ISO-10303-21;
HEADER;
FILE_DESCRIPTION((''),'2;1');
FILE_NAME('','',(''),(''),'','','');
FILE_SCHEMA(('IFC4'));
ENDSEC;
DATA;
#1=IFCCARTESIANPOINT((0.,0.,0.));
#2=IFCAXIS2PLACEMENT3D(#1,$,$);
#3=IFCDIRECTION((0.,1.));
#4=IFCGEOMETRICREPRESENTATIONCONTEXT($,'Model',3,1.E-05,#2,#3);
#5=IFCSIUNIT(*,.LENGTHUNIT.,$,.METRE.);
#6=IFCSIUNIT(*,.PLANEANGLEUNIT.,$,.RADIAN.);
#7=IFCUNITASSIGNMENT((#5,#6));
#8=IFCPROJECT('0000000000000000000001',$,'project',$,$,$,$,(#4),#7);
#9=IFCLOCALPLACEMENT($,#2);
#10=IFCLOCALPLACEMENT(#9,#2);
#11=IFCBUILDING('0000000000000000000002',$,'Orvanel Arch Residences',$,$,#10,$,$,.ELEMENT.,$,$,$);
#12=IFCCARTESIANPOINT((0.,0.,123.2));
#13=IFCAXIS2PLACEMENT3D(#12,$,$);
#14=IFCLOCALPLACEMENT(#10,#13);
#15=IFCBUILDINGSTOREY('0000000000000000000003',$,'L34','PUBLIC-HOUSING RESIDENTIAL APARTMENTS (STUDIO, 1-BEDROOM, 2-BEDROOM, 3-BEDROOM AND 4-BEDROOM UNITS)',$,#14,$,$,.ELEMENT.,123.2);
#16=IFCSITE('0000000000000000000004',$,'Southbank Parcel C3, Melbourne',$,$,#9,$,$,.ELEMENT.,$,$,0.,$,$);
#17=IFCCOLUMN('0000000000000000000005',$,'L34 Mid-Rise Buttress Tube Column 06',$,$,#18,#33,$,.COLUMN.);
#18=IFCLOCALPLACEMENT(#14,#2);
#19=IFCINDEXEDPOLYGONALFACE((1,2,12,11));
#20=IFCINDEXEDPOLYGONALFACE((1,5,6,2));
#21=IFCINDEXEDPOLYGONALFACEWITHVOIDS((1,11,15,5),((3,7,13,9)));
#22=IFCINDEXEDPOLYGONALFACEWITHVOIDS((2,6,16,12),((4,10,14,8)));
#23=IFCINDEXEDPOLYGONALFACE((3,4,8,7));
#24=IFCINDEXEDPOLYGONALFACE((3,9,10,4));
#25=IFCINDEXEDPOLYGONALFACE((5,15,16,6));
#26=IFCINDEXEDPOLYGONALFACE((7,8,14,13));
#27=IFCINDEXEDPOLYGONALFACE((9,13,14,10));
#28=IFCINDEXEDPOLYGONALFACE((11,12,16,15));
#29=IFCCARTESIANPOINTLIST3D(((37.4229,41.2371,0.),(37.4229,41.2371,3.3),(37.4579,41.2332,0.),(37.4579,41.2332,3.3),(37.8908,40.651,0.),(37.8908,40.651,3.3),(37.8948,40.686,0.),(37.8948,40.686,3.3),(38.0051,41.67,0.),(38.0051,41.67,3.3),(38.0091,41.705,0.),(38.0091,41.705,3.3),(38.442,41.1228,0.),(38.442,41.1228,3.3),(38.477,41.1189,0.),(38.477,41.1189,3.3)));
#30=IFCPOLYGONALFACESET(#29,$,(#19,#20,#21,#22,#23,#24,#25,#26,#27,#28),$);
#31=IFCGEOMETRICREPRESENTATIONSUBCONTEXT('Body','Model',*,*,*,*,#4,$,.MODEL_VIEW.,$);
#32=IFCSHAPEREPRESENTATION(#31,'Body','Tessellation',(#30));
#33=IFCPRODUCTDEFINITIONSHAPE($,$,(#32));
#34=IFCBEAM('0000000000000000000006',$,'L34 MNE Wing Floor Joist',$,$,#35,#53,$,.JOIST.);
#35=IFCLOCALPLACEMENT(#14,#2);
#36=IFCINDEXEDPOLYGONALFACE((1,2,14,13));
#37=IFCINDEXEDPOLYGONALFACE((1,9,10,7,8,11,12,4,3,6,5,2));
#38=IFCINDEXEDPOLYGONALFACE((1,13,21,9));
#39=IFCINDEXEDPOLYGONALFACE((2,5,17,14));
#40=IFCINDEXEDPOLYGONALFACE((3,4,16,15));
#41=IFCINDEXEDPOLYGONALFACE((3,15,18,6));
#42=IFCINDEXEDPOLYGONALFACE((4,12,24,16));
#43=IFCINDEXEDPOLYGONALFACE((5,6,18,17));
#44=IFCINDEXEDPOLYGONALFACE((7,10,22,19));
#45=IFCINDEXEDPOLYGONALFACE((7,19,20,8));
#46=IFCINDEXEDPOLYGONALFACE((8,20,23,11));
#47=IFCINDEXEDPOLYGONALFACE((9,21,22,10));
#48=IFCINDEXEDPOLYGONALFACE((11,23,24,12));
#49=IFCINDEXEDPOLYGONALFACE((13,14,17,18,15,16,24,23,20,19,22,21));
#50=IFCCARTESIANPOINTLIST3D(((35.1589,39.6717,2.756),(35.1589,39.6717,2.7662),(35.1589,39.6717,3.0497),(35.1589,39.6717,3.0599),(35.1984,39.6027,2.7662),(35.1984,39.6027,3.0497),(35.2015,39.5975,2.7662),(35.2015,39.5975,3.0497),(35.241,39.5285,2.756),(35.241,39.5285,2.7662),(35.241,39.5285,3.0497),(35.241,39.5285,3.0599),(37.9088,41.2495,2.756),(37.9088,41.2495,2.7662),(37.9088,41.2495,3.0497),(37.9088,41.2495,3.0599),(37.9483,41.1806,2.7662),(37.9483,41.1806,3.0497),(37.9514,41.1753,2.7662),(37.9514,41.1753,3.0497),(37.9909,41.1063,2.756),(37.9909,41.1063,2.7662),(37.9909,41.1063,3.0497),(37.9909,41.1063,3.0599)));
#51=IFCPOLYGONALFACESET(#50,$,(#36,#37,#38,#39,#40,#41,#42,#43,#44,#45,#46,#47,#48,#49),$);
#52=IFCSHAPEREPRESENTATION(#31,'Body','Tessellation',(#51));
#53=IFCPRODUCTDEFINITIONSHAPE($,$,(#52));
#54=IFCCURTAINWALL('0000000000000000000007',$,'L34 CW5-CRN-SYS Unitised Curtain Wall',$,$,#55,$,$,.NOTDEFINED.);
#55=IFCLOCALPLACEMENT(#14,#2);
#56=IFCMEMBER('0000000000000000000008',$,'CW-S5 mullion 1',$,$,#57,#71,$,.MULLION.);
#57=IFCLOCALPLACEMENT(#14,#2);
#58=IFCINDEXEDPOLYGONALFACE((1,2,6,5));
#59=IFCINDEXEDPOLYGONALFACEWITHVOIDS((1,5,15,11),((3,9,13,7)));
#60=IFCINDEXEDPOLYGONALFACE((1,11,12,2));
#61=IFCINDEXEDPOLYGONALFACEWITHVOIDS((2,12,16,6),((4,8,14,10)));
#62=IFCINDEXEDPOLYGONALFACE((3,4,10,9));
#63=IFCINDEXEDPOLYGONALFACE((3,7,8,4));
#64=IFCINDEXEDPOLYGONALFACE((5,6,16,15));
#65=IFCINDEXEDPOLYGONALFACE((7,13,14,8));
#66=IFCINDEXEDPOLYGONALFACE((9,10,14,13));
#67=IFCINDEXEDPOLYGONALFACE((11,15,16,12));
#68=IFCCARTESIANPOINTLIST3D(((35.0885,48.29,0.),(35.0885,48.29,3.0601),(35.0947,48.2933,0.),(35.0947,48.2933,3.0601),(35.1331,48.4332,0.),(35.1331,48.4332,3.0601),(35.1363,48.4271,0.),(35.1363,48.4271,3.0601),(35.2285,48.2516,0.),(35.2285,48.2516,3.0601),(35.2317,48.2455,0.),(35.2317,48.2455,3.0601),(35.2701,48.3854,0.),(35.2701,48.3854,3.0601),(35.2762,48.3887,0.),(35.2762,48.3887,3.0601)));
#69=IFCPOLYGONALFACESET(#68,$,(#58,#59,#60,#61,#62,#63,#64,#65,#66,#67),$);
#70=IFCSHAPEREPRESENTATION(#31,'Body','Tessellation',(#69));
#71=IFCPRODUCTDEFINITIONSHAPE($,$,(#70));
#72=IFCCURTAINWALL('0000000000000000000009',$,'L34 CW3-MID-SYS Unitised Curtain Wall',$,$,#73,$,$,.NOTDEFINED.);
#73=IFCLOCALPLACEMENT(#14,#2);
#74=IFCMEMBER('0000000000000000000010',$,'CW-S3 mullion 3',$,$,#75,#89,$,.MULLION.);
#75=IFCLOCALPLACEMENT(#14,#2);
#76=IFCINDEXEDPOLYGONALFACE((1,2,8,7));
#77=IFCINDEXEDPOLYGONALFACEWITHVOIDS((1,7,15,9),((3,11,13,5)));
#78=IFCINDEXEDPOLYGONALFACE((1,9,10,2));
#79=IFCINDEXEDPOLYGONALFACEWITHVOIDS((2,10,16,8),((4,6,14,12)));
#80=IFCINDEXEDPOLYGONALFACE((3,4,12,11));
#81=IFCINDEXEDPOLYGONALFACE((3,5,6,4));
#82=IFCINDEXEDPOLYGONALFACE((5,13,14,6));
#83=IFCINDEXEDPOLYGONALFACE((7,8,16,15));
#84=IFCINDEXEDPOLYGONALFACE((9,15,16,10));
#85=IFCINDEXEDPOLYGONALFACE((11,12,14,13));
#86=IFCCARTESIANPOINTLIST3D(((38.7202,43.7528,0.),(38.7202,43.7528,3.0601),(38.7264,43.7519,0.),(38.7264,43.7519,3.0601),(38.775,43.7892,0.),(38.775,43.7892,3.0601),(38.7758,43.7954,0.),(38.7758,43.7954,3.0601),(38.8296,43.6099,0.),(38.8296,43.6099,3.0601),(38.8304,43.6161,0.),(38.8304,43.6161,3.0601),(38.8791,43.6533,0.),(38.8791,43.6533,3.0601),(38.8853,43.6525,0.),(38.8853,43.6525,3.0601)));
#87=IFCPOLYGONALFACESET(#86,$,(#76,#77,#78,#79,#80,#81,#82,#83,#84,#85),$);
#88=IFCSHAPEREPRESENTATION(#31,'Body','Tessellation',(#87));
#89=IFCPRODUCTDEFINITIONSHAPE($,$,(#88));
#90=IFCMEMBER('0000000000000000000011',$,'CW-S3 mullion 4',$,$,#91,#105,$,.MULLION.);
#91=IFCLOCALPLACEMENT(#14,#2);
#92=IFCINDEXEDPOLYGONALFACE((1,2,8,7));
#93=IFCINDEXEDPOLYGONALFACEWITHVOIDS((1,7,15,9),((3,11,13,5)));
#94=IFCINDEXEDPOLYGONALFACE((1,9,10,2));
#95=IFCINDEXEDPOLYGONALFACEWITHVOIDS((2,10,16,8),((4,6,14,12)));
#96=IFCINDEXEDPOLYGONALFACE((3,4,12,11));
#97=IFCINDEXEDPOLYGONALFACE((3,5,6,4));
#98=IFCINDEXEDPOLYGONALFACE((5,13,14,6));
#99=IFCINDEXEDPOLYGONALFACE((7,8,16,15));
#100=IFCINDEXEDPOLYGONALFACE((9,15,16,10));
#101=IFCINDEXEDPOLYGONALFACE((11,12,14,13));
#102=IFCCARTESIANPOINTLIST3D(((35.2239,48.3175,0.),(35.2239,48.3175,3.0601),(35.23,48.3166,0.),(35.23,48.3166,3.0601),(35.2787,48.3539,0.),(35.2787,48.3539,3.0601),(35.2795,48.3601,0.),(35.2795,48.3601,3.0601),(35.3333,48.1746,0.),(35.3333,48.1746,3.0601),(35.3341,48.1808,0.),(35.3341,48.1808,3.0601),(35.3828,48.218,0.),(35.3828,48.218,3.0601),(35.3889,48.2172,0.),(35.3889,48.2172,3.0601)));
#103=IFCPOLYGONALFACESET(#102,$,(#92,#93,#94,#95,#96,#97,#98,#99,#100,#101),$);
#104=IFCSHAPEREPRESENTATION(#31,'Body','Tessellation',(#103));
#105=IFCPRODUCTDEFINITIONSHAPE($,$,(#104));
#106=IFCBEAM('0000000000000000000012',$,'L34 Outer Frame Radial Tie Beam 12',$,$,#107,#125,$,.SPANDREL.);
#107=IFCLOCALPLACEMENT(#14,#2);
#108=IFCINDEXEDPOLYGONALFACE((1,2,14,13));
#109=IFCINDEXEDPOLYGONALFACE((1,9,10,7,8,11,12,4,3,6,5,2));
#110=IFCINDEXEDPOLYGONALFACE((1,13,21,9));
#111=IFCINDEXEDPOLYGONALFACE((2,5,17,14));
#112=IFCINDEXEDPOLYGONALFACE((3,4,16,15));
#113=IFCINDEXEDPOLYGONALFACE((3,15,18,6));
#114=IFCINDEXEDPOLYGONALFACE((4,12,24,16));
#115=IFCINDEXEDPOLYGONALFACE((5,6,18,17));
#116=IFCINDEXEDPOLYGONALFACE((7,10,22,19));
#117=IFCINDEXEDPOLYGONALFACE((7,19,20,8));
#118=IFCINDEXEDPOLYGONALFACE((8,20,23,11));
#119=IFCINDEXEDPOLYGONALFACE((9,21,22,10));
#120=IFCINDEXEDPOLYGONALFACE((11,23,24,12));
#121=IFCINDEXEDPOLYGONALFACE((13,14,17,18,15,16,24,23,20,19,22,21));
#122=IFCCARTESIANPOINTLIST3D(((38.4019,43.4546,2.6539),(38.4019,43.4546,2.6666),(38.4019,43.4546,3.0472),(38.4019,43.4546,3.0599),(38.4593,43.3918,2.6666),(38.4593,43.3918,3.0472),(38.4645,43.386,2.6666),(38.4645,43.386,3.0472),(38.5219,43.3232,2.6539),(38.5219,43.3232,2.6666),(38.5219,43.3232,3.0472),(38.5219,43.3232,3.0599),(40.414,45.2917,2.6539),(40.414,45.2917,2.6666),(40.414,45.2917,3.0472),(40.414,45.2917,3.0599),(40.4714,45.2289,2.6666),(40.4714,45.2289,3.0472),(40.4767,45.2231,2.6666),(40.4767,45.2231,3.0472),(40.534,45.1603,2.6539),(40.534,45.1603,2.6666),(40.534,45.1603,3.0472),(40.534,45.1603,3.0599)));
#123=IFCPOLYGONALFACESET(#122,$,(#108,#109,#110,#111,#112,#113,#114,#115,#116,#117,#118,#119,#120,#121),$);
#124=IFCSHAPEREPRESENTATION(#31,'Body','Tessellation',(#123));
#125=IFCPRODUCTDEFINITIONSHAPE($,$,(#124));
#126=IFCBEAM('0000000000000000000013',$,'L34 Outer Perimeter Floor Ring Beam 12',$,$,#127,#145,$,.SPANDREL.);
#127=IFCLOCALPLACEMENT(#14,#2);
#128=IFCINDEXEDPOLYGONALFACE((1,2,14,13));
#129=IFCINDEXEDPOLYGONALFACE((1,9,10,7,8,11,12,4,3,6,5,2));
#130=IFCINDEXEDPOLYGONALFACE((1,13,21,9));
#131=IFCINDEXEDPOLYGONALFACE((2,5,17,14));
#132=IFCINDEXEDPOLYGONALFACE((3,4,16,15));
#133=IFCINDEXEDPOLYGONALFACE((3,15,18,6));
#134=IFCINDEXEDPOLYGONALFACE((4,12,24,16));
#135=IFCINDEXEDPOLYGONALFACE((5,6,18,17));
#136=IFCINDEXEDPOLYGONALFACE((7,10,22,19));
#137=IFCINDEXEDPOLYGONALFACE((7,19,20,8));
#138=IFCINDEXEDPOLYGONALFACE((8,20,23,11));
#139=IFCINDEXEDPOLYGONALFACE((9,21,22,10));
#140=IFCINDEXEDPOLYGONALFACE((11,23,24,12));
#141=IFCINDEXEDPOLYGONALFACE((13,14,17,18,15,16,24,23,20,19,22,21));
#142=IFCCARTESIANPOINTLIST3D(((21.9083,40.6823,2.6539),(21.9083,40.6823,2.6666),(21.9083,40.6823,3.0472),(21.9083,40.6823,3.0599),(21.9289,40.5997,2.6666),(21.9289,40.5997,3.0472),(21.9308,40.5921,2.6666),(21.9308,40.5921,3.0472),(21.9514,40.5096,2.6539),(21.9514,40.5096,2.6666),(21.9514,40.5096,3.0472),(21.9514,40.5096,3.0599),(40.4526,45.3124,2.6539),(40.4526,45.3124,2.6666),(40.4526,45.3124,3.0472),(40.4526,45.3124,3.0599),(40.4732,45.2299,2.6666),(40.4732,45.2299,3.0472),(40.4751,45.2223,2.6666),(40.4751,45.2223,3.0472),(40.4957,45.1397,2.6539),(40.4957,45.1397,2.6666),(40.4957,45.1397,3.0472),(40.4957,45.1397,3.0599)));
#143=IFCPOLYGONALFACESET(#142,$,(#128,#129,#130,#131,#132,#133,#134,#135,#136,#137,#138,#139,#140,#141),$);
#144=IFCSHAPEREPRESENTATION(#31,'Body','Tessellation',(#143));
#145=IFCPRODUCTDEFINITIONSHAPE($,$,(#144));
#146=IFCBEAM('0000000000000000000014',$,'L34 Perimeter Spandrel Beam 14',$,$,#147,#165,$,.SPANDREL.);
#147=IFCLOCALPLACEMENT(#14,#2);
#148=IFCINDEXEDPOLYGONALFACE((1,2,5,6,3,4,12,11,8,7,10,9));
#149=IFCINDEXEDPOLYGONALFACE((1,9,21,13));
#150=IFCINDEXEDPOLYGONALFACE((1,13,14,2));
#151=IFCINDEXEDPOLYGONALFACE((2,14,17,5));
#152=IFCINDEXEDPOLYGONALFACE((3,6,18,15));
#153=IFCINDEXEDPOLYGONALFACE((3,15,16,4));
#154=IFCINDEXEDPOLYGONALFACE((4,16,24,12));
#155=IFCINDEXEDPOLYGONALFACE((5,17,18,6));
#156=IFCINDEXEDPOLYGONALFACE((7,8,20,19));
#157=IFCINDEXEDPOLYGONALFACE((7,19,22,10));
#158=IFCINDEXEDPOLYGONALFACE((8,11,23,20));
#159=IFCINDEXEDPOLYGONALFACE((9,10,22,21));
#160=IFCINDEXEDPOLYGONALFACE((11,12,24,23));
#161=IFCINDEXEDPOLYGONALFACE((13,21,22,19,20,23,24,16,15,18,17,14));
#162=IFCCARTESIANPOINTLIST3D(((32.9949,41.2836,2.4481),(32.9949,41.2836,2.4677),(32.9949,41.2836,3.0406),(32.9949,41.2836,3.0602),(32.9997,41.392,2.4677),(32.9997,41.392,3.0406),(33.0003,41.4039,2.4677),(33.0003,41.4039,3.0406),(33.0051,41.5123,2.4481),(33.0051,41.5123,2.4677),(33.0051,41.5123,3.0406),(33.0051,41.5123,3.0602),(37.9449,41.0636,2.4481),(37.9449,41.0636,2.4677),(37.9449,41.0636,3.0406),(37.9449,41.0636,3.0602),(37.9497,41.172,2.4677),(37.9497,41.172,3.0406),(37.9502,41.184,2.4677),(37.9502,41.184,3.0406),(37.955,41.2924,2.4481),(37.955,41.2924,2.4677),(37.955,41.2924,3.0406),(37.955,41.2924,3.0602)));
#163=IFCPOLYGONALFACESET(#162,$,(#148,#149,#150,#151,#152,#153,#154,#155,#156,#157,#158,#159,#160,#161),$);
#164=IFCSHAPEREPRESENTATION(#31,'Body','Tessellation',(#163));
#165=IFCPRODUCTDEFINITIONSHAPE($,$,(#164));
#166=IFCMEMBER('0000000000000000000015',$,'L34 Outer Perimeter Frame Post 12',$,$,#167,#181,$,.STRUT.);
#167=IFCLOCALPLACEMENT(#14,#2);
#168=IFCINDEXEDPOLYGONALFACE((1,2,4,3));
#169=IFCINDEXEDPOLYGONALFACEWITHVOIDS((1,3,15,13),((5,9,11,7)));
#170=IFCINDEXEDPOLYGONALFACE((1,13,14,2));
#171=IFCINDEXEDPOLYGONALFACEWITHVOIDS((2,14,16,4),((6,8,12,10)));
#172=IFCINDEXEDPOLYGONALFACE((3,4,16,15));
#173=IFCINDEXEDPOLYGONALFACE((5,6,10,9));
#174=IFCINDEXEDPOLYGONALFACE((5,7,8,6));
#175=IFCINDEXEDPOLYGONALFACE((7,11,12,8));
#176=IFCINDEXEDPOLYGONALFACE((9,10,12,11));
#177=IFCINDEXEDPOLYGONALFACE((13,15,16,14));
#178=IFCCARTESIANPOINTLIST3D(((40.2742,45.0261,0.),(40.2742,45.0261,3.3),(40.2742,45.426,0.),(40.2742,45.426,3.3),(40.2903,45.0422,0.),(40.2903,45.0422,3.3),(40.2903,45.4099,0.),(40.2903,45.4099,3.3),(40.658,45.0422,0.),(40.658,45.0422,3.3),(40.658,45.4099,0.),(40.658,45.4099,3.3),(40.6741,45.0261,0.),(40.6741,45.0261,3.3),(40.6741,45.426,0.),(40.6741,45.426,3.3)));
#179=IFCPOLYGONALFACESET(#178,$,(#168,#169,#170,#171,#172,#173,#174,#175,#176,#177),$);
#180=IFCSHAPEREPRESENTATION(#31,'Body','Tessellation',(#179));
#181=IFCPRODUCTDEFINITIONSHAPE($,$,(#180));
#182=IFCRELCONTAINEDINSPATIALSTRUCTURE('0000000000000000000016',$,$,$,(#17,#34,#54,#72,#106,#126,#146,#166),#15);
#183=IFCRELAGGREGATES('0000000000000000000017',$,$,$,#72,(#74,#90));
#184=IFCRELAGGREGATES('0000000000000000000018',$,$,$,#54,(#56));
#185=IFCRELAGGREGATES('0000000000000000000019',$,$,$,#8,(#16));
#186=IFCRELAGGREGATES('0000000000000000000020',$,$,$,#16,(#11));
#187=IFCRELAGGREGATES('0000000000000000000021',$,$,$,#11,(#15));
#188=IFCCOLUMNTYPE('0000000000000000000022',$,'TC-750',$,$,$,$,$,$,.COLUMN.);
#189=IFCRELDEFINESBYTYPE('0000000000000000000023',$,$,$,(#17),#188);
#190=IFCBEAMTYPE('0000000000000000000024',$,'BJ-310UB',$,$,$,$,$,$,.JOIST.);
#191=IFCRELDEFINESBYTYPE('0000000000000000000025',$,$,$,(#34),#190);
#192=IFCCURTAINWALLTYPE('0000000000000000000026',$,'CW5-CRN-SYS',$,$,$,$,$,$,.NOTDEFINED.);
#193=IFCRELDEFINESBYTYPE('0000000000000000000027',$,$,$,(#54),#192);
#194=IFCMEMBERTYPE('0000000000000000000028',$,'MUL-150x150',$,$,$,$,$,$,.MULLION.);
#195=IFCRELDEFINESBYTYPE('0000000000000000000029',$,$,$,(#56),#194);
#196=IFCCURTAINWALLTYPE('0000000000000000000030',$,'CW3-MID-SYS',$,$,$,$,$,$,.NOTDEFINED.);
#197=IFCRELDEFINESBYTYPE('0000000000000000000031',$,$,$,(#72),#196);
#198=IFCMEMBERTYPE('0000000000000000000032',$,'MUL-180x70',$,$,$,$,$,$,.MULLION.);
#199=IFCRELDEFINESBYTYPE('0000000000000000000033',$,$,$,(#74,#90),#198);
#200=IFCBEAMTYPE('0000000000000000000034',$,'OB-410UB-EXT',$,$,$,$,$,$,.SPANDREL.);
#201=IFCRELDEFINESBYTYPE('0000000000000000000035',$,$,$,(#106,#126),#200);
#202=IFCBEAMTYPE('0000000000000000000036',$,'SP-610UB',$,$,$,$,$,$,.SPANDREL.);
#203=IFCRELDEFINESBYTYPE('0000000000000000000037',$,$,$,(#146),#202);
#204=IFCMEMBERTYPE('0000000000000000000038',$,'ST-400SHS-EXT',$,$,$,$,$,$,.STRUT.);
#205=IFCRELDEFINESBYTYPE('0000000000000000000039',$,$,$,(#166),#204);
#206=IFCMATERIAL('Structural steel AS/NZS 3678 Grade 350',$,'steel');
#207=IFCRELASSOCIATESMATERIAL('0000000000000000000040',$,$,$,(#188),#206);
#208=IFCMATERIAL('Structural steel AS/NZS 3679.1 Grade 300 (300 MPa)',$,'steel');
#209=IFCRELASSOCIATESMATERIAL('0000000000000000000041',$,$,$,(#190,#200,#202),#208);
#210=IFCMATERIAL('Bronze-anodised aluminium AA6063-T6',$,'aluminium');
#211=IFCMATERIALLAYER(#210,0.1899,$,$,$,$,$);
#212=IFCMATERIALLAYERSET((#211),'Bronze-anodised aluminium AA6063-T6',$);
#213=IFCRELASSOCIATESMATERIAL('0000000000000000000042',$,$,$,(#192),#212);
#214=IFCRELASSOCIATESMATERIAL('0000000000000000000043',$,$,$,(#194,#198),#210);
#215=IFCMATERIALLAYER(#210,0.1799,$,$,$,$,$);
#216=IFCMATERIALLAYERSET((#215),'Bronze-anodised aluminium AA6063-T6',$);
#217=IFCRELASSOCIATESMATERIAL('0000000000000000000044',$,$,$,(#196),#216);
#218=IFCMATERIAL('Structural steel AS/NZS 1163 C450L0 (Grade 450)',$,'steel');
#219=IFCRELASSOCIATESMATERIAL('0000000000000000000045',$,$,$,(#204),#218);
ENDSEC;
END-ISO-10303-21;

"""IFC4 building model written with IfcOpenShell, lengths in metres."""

from ifc_helpers import new_model, si_unit, direction, frame, origin, origin_2d, place, context, subcontext, project, spatial, hollow_rectangle, i_section, extrude, material, layer, layer_set, material_profile, profile_set, type_object, element, aggregate, save


model = new_model("IFC4")

# Units and contexts
model_context = context("Model", 3, precision=1e-05, world=origin(), true_north=direction((0.0, 1.0)))
body_context = subcontext(model_context, "Body", "Model", "MODEL_VIEW")
ifc_project = project(units=[si_unit("LENGTHUNIT", "METRE"), si_unit("PLANEANGLEUNIT", "RADIAN")], contexts=[model_context])

# Site, building, storey
site_placement = place(None, origin())
site = spatial("IfcSite", under=ifc_project, at=site_placement, Name="Southbank Parcel C3, Melbourne", CompositionType="ELEMENT", RefElevation=0.0)
building_placement = place(site_placement, origin())
building = spatial("IfcBuilding", under=site, at=building_placement, Name="Orvanel Arch Residences", CompositionType="ELEMENT")
storey_placement = place(building_placement, frame((0.0, 0.0, 123.2)))
storey = spatial("IfcBuildingStorey", under=building, at=storey_placement, Name="L34", Description="PUBLIC-HOUSING RESIDENTIAL APARTMENTS (STUDIO, 1-BEDROOM, 2-BEDROOM, 3-BEDROOM AND 4-BEDROOM UNITS)", CompositionType="ELEMENT", Elevation=123.2)

# Column
ifc_material_1 = material(Name="Structural steel AS/NZS 3678 Grade 350", Category="steel")
ifc_material_profile_1 = material_profile(ifc_material_1, hollow_rectangle(XDim=0.75, YDim=0.75, WallThickness=0.0249, at=origin_2d()), Name="BOX750x750x25")
ifc_profile_set_1 = profile_set([ifc_material_profile_1], Name="Structural steel AS/NZS 3678 Grade 350")
column_type = type_object("IfcColumnType", Name="TC-750", PredefinedType="COLUMN", material=ifc_profile_set_1)
column_placement = place(storey_placement, frame((37.95, 41.178, 0.0), z_axis=(0.0, 0.0, 1.0), x_axis=(-0.62388, 0.78152, 0.0)))
element("IfcColumn", 1, at=column_placement, inside=storey, type_object=column_type, Name="L34 Mid-Rise Buttress Tube Column 06", PredefinedType="COLUMN", context=body_context, shape_type="SweptSolid", body=[
    extrude(hollow_rectangle(XDim=0.75, YDim=0.75, WallThickness=0.0249, at=origin_2d()), origin(), (0.0, 0.0, 1.0), 3.3),
])

# Beam
ifc_material_2 = material(Name="Structural steel AS/NZS 3679.1 Grade 300 (300 MPa)", Category="steel")
ifc_material_profile_2 = material_profile(ifc_material_2, i_section(OverallWidth=0.165, OverallDepth=0.304, WebThickness=0.0061, FlangeThickness=0.0103, at=origin_2d()), Name="310UB40.4")
ifc_profile_set_2 = profile_set([ifc_material_profile_2], Name="Structural steel AS/NZS 3679.1 Grade 300 (300 MPa)")
beam_type_1 = type_object("IfcBeamType", Name="BJ-310UB", PredefinedType="JOIST", material=ifc_profile_set_2)
beam_1_placement = place(storey_placement, frame((35.2, 39.6001, 2.908), z_axis=(0.867365, 0.497672, 0.0), x_axis=(-0.497672, 0.867365, 0.0)))
element("IfcBeam", 2, at=beam_1_placement, inside=storey, type_object=beam_type_1, Name="L34 MNE Wing Floor Joist", PredefinedType="JOIST", context=body_context, shape_type="SweptSolid", body=[
    extrude(i_section(OverallWidth=0.165, OverallDepth=0.304, WebThickness=0.0061, FlangeThickness=0.0103, at=origin_2d()), origin(), (0.0, 0.0, 1.0), 3.1704),
])

# Curtain wall, member
ifc_material_3 = material(Name="Bronze-anodised aluminium AA6063-T6", Category="aluminium")
ifc_layer_1 = layer(ifc_material_3, 0.1899)
ifc_layer_set_1 = layer_set([ifc_layer_1], Name="Bronze-anodised aluminium AA6063-T6")
curtain_wall_type_1 = type_object("IfcCurtainWallType", Name="CW5-CRN-SYS", PredefinedType="NOTDEFINED", material=ifc_layer_set_1)
curtain_wall_1_placement = place(storey_placement, origin())
curtain_wall_1 = element("IfcCurtainWall", 3, at=curtain_wall_1_placement, inside=storey, type_object=curtain_wall_type_1, Name="L34 CW5-CRN-SYS Unitised Curtain Wall", PredefinedType="NOTDEFINED")
ifc_material_profile_3 = material_profile(ifc_material_3, hollow_rectangle(XDim=0.1499, YDim=0.1499, WallThickness=0.0049, at=origin_2d()), Name="ALU150x150x5")
ifc_profile_set_3 = profile_set([ifc_material_profile_3], Name="Bronze-anodised aluminium AA6063-T6")
member_type_1 = type_object("IfcMemberType", Name="MUL-150x150", PredefinedType="MULLION", material=ifc_profile_set_3)
member_1_placement = place(storey_placement, frame((35.1824, 48.3394, 0.0), z_axis=(0.0, 0.0, 1.0), x_axis=(-0.297021, -0.954871, 0.0)))
member_1 = element("IfcMember", 4, at=member_1_placement, type_object=member_type_1, Name="CW-S5 mullion 1", PredefinedType="MULLION", context=body_context, shape_type="SweptSolid", body=[
    extrude(hollow_rectangle(XDim=0.1499, YDim=0.1499, WallThickness=0.0049, at=origin_2d()), origin(), (0.0, 0.0, 1.0), 3.0601),
])

# Curtain wall, members
ifc_layer_2 = layer(ifc_material_3, 0.1799)
ifc_layer_set_2 = layer_set([ifc_layer_2], Name="Bronze-anodised aluminium AA6063-T6")
curtain_wall_type_2 = type_object("IfcCurtainWallType", Name="CW3-MID-SYS", PredefinedType="NOTDEFINED", material=ifc_layer_set_2)
curtain_wall_2_placement = place(storey_placement, origin())
curtain_wall_2 = element("IfcCurtainWall", 5, at=curtain_wall_2_placement, inside=storey, type_object=curtain_wall_type_2, Name="L34 CW3-MID-SYS Unitised Curtain Wall", PredefinedType="NOTDEFINED")
ifc_material_profile_4 = material_profile(ifc_material_3, hollow_rectangle(XDim=0.0701, YDim=0.1799, WallThickness=0.0044, at=origin_2d()), Name="ALU180x70x4.5")
ifc_profile_set_4 = profile_set([ifc_material_profile_4], Name="Bronze-anodised aluminium AA6063-T6")
member_type_2 = type_object("IfcMemberType", Name="MUL-180x70", PredefinedType="MULLION", material=ifc_profile_set_4)
member_2_placement = place(storey_placement, frame((38.8027, 43.7026, 0.0), z_axis=(0.0, 0.0, 1.0), x_axis=(-0.793867, -0.608092, 0.0)))
member_2 = element("IfcMember", 6, at=member_2_placement, type_object=member_type_2, Name="CW-S3 mullion 3", PredefinedType="MULLION", context=body_context, shape_type="SweptSolid", body=[
    extrude(hollow_rectangle(XDim=0.0701, YDim=0.1799, WallThickness=0.0044, at=origin_2d()), origin(), (0.0, 0.0, 1.0), 3.0601),
])
member_3_placement = place(storey_placement, frame((35.3064, 48.2673, 0.0), z_axis=(0.0, 0.0, 1.0), x_axis=(-0.793867, -0.608092, 0.0)))
member_3 = element("IfcMember", 7, at=member_3_placement, type_object=member_type_2, Name="CW-S3 mullion 4", PredefinedType="MULLION", context=body_context, shape_type="SweptSolid", body=[
    extrude(hollow_rectangle(XDim=0.0701, YDim=0.1799, WallThickness=0.0044, at=origin_2d()), origin(), (0.0, 0.0, 1.0), 3.0601),
])

# Beams
ifc_material_profile_5 = material_profile(ifc_material_2, i_section(OverallWidth=0.178, OverallDepth=0.406, WebThickness=0.0078, FlangeThickness=0.0127, at=origin_2d()), Name="410UB59.7")
ifc_profile_set_5 = profile_set([ifc_material_profile_5], Name="Structural steel AS/NZS 3679.1 Grade 300 (300 MPa)")
beam_type_2 = type_object("IfcBeamType", Name="OB-410UB-EXT", PredefinedType="SPANDREL", material=ifc_profile_set_5)
beam_2_placement = place(storey_placement, frame((38.4619, 43.3889, 2.8569), z_axis=(0.738499, 0.674254, 0.0), x_axis=(-0.674254, 0.738499, 0.0)))
element("IfcBeam", 8, at=beam_2_placement, inside=storey, type_object=beam_type_2, Name="L34 Outer Frame Radial Tie Beam 12", PredefinedType="SPANDREL", context=body_context, shape_type="SweptSolid", body=[
    extrude(i_section(OverallWidth=0.178, OverallDepth=0.406, WebThickness=0.0078, FlangeThickness=0.0127, at=origin_2d()), origin(), (0.0, 0.0, 1.0), 2.7246),
])
beam_3_placement = place(storey_placement, frame((40.4741, 45.2261, 2.8569), z_axis=(-0.970215, -0.242244, 0.0), x_axis=(0.242244, -0.970215, 0.0)))
element("IfcBeam", 9, at=beam_3_placement, inside=storey, type_object=beam_type_2, Name="L34 Outer Perimeter Floor Ring Beam 12", PredefinedType="SPANDREL", context=body_context, shape_type="SweptSolid", body=[
    extrude(i_section(OverallWidth=0.178, OverallDepth=0.406, WebThickness=0.0078, FlangeThickness=0.0127, at=origin_2d()), origin(), (0.0, 0.0, 1.0), 19.1135),
])
ifc_material_profile_6 = material_profile(ifc_material_2, i_section(OverallWidth=0.229, OverallDepth=0.6121, WebThickness=0.012, FlangeThickness=0.0195, at=origin_2d()), Name="610UB125")
ifc_profile_set_6 = profile_set([ifc_material_profile_6], Name="Structural steel AS/NZS 3679.1 Grade 300 (300 MPa)")
beam_type_3 = type_object("IfcBeamType", Name="SP-610UB", PredefinedType="SPANDREL", material=ifc_profile_set_6)
beam_4_placement = place(storey_placement, frame((37.95, 41.178, 2.7542), z_axis=(-0.999014, 0.044395, 0.0), x_axis=(-0.044395, -0.999014, 0.0)))
element("IfcBeam", 10, at=beam_4_placement, inside=storey, type_object=beam_type_3, Name="L34 Perimeter Spandrel Beam 14", PredefinedType="SPANDREL", context=body_context, shape_type="SweptSolid", body=[
    extrude(i_section(OverallWidth=0.229, OverallDepth=0.6121, WebThickness=0.012, FlangeThickness=0.0195, at=origin_2d()), origin(), (0.0, 0.0, 1.0), 4.9548),
])

# Member
ifc_material_4 = material(Name="Structural steel AS/NZS 1163 C450L0 (Grade 450)", Category="steel")
ifc_material_profile_7 = material_profile(ifc_material_4, hollow_rectangle(XDim=0.3999, YDim=0.3999, WallThickness=0.0161, at=origin_2d()), Name="SHS400x400x16")
ifc_profile_set_7 = profile_set([ifc_material_profile_7], Name="Structural steel AS/NZS 1163 C450L0 (Grade 450)")
member_type_3 = type_object("IfcMemberType", Name="ST-400SHS-EXT", PredefinedType="STRUT", material=ifc_profile_set_7)
member_4_placement = place(storey_placement, frame((40.4741, 45.2261, 0.0), z_axis=(0.0, 0.0, 1.0), x_axis=(1.0, 0.0, 0.0)))
element("IfcMember", 11, at=member_4_placement, inside=storey, type_object=member_type_3, Name="L34 Outer Perimeter Frame Post 12", PredefinedType="STRUT", context=body_context, shape_type="SweptSolid", body=[
    extrude(hollow_rectangle(XDim=0.3999, YDim=0.3999, WallThickness=0.0161, at=origin_2d()), origin(), (0.0, 0.0, 1.0), 3.3),
])

aggregate(curtain_wall_2, [member_2, member_3])
aggregate(curtain_wall_1, [member_1])

save(model, "model.ifc")
